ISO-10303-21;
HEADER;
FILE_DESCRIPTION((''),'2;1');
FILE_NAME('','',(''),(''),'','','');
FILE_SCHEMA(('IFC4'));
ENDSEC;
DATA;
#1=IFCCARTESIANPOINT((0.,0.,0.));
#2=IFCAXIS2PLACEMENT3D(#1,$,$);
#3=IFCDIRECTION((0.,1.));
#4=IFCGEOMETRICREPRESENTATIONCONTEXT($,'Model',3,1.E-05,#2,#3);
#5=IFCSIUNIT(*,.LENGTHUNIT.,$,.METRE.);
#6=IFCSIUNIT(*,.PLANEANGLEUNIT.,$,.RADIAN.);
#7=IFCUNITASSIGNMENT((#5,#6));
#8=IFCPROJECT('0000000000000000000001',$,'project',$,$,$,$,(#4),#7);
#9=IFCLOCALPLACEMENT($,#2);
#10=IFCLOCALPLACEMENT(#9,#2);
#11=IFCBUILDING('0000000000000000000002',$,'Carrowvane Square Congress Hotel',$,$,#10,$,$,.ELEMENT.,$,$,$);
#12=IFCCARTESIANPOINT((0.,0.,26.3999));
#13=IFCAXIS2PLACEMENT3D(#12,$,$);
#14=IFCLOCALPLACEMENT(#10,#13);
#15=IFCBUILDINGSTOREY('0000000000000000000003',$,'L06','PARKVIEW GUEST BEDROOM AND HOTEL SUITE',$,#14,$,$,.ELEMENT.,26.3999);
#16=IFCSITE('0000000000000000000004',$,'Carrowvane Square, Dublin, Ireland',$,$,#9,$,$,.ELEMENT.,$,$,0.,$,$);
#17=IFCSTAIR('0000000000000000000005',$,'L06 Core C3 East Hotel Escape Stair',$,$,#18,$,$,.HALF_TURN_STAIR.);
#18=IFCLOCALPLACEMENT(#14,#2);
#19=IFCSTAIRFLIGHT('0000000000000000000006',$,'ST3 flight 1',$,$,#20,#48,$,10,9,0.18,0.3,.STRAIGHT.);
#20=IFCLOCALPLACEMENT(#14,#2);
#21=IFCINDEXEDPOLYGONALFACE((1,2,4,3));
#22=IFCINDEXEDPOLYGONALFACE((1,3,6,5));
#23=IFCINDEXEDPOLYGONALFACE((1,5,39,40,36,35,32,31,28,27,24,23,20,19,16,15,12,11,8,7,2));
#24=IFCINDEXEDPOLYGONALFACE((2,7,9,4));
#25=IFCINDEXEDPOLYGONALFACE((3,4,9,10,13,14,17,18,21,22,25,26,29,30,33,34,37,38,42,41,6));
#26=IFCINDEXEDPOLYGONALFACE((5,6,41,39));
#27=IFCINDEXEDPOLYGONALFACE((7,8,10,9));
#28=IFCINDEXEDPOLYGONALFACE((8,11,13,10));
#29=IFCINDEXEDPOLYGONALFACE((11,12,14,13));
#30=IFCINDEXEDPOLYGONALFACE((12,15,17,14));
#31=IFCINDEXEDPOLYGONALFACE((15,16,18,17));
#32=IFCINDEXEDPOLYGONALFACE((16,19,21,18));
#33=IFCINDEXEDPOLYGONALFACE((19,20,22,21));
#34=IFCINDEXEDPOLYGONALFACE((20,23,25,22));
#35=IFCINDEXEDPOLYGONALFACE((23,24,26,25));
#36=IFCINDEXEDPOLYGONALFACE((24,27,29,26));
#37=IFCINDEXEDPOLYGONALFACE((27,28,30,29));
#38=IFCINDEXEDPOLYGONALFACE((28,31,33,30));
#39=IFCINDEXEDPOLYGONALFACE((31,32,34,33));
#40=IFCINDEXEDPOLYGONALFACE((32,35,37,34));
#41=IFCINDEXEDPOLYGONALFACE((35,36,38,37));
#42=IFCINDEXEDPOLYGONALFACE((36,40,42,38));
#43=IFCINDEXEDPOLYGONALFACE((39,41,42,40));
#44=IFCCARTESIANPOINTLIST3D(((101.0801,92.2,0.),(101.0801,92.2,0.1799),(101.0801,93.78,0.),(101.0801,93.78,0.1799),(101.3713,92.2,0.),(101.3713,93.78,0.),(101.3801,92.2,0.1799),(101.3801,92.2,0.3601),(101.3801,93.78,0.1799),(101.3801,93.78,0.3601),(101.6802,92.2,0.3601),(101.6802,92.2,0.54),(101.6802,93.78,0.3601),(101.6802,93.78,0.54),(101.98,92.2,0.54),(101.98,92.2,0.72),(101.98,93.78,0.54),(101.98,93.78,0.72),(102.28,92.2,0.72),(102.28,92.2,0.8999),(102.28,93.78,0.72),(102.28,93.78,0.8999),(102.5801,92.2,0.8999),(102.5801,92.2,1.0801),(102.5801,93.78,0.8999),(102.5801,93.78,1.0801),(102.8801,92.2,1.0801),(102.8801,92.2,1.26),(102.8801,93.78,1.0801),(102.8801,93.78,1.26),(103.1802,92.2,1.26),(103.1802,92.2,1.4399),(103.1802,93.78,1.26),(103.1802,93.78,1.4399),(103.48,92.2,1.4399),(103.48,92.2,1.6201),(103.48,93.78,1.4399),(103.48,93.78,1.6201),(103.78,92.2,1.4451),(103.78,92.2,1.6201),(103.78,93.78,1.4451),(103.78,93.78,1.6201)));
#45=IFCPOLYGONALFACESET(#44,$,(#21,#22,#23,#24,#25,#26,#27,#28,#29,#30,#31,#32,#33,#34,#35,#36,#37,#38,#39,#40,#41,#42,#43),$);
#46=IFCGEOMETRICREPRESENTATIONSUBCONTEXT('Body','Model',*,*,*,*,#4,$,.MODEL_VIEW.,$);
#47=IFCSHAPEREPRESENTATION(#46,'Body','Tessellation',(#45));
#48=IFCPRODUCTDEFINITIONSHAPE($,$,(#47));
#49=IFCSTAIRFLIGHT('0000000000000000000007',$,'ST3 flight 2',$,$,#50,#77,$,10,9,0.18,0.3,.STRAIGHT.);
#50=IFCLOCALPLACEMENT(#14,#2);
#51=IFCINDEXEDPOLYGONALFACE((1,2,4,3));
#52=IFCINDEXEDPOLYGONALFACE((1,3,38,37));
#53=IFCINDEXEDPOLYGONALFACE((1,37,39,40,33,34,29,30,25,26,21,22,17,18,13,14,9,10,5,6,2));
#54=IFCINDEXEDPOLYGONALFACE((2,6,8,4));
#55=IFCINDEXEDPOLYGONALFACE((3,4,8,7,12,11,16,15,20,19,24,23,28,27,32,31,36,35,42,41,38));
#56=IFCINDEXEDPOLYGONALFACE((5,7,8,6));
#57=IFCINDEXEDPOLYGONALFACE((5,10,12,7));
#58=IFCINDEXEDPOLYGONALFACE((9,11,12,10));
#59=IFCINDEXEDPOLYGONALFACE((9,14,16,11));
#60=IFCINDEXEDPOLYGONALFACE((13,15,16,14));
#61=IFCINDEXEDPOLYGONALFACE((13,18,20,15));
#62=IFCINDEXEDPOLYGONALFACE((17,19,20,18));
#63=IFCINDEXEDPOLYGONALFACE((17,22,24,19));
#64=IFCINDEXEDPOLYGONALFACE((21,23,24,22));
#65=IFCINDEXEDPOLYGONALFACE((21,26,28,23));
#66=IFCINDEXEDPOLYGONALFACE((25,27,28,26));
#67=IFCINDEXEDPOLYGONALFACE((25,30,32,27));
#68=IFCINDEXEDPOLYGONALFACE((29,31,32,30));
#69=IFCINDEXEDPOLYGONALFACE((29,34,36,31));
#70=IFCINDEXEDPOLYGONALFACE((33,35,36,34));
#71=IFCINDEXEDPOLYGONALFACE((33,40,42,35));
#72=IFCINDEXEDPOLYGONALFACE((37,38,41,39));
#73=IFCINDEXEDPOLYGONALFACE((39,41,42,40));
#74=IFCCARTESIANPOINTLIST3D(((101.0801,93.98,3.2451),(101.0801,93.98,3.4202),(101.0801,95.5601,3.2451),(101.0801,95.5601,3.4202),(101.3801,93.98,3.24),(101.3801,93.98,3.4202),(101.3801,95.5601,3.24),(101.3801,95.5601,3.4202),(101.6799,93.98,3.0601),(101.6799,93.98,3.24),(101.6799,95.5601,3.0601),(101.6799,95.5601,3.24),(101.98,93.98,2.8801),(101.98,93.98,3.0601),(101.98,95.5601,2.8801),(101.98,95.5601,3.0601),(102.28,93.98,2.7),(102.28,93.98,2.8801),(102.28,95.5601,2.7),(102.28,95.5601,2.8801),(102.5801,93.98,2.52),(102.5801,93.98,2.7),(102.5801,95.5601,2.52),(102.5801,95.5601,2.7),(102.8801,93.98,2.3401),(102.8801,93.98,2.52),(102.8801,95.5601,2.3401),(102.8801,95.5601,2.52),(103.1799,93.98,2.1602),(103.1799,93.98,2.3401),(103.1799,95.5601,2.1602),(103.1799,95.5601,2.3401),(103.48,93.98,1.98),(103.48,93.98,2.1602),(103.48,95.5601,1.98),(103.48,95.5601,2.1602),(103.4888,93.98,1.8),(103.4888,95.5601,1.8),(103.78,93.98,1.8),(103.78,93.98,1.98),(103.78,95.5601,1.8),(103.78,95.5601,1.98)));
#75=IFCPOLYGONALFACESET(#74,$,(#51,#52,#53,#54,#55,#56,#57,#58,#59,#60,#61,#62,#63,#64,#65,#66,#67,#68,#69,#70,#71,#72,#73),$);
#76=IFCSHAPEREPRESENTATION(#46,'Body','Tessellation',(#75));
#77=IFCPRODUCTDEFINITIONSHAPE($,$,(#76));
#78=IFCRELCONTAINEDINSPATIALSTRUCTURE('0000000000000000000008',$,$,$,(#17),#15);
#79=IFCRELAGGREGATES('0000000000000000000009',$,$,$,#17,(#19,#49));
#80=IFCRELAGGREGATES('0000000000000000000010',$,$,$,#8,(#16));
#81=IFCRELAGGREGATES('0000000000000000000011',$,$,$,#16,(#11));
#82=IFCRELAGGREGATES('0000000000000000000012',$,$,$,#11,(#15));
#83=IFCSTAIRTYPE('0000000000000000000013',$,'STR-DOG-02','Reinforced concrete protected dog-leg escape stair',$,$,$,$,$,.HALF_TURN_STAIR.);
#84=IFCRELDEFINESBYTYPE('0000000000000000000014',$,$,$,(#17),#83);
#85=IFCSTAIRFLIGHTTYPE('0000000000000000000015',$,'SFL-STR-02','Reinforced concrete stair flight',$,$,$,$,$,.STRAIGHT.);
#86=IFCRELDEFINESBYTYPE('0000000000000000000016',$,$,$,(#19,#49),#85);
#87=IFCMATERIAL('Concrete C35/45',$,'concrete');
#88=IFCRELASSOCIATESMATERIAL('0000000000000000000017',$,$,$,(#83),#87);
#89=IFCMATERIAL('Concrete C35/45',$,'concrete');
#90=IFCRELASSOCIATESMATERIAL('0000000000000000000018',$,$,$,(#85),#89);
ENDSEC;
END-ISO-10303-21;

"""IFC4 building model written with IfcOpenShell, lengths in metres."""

from ifc_helpers import new_model, si_unit, direction, frame, origin, place, context, subcontext, project, spatial, polyline, outline, extrude, material, type_object, element, aggregate, save


model = new_model("IFC4")

# Units and contexts
model_context = context("Model", 3, precision=1e-05, world=origin(), true_north=direction((0.0, 1.0)))
body_context = subcontext(model_context, "Body", "Model", "MODEL_VIEW")
ifc_project = project(units=[si_unit("LENGTHUNIT", "METRE"), si_unit("PLANEANGLEUNIT", "RADIAN")], contexts=[model_context])

# Site, building, storey
site_placement = place(None, origin())
site = spatial("IfcSite", under=ifc_project, at=site_placement, Name="Carrowvane Square, Dublin, Ireland", CompositionType="ELEMENT", RefElevation=0.0)
building_placement = place(site_placement, origin())
building = spatial("IfcBuilding", under=site, at=building_placement, Name="Carrowvane Square Congress Hotel", CompositionType="ELEMENT")
storey_placement = place(building_placement, frame((0.0, 0.0, 26.3999)))
storey = spatial("IfcBuildingStorey", under=building, at=storey_placement, Name="L06", Description="PARKVIEW GUEST BEDROOM AND HOTEL SUITE", CompositionType="ELEMENT", Elevation=26.3999)

# Stair, stair flights
ifc_material_1 = material(Name="Concrete C35/45", Category="concrete")
stair_type = type_object("IfcStairType", Name="STR-DOG-02", Description="Reinforced concrete protected dog-leg escape stair", PredefinedType="HALF_TURN_STAIR", material=ifc_material_1)
stair_placement = place(storey_placement, origin())
stair = element("IfcStair", 1, at=stair_placement, inside=storey, type_object=stair_type, Name="L06 Core C3 East Hotel Escape Stair", PredefinedType="HALF_TURN_STAIR")
ifc_material_2 = material(Name="Concrete C35/45", Category="concrete")
stair_flight_type = type_object("IfcStairFlightType", Name="SFL-STR-02", Description="Reinforced concrete stair flight", PredefinedType="STRAIGHT", material=ifc_material_2)
stair_flight_1_placement = place(storey_placement, frame((101.0801, 92.99, 0.0), z_axis=(0.0, 0.0, 1.0), x_axis=(1.0, 0.0, 0.0)))
stair_flight_1 = element("IfcStairFlight", 2, at=stair_flight_1_placement, type_object=stair_flight_type, Name="ST3 flight 1", NumberOfRisers=10, NumberOfTreads=9, PredefinedType="STRAIGHT", RiserHeight=0.18, TreadLength=0.3, context=body_context, shape_type="SweptSolid", body=[
    extrude(outline(polyline([(0.0, 0.0), (0.0, 0.1799), (0.3, 0.1799), (0.3, 0.3601), (0.6001, 0.3601), (0.6001, 0.54), (0.8999, 0.54), (0.8999, 0.72), (1.2, 0.72), (1.2, 0.8999), (1.5, 0.8999), (1.5, 1.0801), (1.8, 1.0801), (1.8, 1.26), (2.1001, 1.26), (2.1001, 1.4399), (2.3999, 1.4399), (2.3999, 1.6201), (2.7, 1.6201), (2.7, 1.8), (2.7, 1.4451), (0.2913, 0.0), (0.0, 0.0)])), frame((0.0, 0.79, 0.0), z_axis=(0.0, -1.0, 0.0), x_axis=(1.0, 0.0, 0.0)), (0.0, 0.0, 1.0), 1.5801),
])
stair_flight_2_placement = place(storey_placement, frame((103.78, 94.77, 1.8), z_axis=(0.0, 0.0, 1.0), x_axis=(-1.0, 0.0, 0.0)))
stair_flight_2 = element("IfcStairFlight", 3, at=stair_flight_2_placement, type_object=stair_flight_type, Name="ST3 flight 2", NumberOfRisers=10, NumberOfTreads=9, PredefinedType="STRAIGHT", RiserHeight=0.18, TreadLength=0.3, context=body_context, shape_type="SweptSolid", body=[
    extrude(outline(polyline([(0.0, 0.0), (0.0, 0.1799), (0.3, 0.1799), (0.3, 0.3601), (0.6001, 0.3601), (0.6001, 0.54), (0.8999, 0.54), (0.8999, 0.72), (1.2, 0.72), (1.2, 0.8999), (1.5, 0.8999), (1.5, 1.0801), (1.8, 1.0801), (1.8, 1.26), (2.1001, 1.26), (2.1001, 1.4399), (2.3999, 1.4399), (2.3999, 1.6201), (2.7, 1.6201), (2.7, 1.8), (2.7, 1.4451), (0.2913, 0.0), (0.0, 0.0)])), frame((0.0, 0.79, 0.0), z_axis=(0.0, -1.0, 0.0), x_axis=(1.0, 0.0, 0.0)), (0.0, 0.0, 1.0), 1.5801),
])
aggregate(stair, [stair_flight_1, stair_flight_2])

save(model, "model.ifc")
